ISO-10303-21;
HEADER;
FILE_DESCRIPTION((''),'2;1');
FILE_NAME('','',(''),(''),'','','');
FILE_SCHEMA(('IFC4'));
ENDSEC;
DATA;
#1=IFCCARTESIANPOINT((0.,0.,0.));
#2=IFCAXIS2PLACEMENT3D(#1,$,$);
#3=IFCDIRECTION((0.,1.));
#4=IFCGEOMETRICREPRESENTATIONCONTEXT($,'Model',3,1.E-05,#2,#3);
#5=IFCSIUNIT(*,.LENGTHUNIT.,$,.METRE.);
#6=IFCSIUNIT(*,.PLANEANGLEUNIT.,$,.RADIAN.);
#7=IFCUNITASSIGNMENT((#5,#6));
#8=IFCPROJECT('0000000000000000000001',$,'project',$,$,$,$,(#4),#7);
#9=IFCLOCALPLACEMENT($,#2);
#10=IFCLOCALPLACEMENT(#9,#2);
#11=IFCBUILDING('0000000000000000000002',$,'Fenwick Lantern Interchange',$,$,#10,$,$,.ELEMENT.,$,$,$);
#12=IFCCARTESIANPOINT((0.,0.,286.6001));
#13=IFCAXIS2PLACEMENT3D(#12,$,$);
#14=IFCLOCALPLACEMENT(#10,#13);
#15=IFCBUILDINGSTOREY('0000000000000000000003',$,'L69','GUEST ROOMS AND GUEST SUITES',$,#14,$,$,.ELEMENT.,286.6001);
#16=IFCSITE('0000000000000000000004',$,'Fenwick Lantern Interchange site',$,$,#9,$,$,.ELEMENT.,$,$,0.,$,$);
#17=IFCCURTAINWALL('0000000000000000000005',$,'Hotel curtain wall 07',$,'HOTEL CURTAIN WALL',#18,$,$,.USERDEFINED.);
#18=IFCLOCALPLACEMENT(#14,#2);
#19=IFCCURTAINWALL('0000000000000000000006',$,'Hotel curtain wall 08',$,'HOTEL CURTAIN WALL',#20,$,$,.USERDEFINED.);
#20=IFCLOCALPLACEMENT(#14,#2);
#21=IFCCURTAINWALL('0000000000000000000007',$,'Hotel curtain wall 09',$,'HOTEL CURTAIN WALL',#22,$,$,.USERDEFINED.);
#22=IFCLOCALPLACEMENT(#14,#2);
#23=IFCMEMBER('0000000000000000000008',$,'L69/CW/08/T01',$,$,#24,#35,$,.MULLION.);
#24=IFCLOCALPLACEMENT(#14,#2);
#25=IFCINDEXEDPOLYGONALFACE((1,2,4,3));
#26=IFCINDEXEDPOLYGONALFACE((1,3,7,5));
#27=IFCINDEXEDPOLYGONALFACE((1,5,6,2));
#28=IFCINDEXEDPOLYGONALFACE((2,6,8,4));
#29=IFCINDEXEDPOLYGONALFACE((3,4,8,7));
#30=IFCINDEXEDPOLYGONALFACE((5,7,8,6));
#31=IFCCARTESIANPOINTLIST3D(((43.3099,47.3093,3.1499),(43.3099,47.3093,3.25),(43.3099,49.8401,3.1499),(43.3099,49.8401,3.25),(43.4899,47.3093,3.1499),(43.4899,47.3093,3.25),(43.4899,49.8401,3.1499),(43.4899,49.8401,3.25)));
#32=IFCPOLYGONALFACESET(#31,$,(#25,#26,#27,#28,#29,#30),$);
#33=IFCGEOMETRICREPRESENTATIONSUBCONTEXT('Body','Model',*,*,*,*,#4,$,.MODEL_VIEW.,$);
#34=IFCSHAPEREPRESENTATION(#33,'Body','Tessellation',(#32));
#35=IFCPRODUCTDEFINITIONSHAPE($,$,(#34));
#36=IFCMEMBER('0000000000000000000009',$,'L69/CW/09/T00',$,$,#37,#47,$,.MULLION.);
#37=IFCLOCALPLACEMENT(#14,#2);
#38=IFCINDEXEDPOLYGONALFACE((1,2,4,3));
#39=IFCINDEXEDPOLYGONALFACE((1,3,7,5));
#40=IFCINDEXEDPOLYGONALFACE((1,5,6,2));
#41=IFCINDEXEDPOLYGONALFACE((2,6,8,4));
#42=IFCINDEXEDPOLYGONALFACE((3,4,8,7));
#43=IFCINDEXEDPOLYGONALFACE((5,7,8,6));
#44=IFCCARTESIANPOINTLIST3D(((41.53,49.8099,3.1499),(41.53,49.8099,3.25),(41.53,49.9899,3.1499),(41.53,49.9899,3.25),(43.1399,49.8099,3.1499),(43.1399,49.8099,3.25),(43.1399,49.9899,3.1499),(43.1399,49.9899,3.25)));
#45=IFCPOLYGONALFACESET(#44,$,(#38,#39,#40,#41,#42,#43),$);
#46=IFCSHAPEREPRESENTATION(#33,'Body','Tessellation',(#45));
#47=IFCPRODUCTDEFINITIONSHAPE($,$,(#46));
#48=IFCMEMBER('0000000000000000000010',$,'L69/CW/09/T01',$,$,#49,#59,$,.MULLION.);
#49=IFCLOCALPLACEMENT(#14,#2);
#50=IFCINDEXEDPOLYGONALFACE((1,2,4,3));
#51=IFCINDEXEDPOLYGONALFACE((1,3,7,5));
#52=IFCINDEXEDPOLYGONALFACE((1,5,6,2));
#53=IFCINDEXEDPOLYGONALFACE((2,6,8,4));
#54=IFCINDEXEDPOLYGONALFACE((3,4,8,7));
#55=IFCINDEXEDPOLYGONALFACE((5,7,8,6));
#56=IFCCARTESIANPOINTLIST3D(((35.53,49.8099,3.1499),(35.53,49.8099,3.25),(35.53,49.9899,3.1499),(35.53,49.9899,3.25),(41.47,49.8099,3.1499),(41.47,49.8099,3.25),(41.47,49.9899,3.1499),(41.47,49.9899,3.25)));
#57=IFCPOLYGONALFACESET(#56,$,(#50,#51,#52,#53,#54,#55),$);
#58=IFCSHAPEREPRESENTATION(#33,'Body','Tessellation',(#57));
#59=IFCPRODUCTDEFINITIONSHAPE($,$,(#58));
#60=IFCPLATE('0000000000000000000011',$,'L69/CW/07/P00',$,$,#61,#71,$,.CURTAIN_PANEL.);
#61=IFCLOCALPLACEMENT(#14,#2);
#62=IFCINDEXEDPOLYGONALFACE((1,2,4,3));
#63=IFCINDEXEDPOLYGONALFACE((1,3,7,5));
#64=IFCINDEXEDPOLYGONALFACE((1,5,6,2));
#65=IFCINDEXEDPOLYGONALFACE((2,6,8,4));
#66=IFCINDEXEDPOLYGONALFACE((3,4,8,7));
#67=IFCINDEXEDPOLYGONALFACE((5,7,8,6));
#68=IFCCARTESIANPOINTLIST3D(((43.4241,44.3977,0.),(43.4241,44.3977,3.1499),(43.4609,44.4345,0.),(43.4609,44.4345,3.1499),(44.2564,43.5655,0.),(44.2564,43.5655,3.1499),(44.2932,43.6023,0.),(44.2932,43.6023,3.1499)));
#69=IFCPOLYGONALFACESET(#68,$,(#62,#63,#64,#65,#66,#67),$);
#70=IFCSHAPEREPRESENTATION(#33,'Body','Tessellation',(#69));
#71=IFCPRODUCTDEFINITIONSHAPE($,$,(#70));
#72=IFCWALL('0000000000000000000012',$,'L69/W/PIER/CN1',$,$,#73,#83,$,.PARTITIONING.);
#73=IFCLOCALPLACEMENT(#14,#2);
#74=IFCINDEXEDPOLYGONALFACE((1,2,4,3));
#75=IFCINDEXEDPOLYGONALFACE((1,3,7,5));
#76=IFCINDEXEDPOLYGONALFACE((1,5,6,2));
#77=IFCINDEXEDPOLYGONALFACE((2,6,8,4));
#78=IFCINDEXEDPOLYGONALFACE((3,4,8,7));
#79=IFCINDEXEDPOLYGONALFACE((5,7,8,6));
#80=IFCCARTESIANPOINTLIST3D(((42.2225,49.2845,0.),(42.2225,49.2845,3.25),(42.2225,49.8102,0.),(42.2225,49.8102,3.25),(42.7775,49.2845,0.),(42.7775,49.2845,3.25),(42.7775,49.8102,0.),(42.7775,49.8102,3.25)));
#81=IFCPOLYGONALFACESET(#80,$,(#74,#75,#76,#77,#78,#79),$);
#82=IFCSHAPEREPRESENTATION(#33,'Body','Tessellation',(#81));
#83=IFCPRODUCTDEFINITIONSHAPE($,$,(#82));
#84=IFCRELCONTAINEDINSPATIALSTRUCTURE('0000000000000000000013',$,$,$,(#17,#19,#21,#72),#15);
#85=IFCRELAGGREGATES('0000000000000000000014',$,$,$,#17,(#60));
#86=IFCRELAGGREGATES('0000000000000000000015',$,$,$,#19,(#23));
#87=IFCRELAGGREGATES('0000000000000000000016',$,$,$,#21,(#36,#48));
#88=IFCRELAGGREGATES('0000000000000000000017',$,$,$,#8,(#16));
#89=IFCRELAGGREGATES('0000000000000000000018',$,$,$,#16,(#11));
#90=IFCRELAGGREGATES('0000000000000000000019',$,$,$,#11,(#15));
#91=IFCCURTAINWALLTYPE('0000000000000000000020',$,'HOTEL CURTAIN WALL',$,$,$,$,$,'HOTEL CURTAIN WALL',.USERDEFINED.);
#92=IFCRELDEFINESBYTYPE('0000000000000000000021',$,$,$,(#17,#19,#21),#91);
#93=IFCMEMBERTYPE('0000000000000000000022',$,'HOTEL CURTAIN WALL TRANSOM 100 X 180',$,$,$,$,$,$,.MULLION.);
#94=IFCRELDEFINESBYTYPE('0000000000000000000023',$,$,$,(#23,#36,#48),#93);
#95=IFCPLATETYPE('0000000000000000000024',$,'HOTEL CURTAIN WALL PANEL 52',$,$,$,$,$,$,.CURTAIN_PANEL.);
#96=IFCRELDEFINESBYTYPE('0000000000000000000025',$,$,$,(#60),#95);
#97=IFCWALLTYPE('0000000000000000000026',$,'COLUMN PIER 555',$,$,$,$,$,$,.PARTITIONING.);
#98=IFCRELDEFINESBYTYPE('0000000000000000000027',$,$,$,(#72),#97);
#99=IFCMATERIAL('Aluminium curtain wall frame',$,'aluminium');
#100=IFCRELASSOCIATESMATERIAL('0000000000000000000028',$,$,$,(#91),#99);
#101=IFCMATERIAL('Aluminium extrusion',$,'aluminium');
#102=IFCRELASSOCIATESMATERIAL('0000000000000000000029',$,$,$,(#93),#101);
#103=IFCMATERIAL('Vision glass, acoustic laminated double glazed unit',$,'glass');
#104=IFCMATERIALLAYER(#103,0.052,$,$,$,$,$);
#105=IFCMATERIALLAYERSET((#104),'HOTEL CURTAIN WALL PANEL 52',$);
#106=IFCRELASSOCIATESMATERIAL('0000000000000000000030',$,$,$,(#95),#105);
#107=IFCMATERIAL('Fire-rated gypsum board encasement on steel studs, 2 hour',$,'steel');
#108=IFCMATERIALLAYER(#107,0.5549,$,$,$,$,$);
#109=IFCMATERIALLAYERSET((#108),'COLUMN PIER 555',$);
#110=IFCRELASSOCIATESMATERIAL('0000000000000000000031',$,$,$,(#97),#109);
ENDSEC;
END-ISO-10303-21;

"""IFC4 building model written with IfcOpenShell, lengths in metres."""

from ifc_helpers import new_model, si_unit, direction, frame, frame_2d, origin, origin_2d, place, context, subcontext, project, spatial, rectangle, extrude, material, layer, layer_set, material_profile, profile_set, type_object, element, aggregate, save


model = new_model("IFC4")

# Units and contexts
model_context = context("Model", 3, precision=1e-05, world=origin(), true_north=direction((0.0, 1.0)))
body_context = subcontext(model_context, "Body", "Model", "MODEL_VIEW")
ifc_project = project(units=[si_unit("LENGTHUNIT", "METRE"), si_unit("PLANEANGLEUNIT", "RADIAN")], contexts=[model_context])

# Site, building, storey
site_placement = place(None, origin())
site = spatial("IfcSite", under=ifc_project, at=site_placement, Name="Fenwick Lantern Interchange site", CompositionType="ELEMENT", RefElevation=0.0)
building_placement = place(site_placement, origin())
building = spatial("IfcBuilding", under=site, at=building_placement, Name="Fenwick Lantern Interchange", CompositionType="ELEMENT")
storey_placement = place(building_placement, frame((0.0, 0.0, 286.6001)))
storey = spatial("IfcBuildingStorey", under=building, at=storey_placement, Name="L69", Description="GUEST ROOMS AND GUEST SUITES", CompositionType="ELEMENT", Elevation=286.6001)

# Shared definitions
ifc_material_1 = material(Name="Aluminium curtain wall frame", Category="aluminium")
curtain_wall_type = type_object("IfcCurtainWallType", Name="HOTEL CURTAIN WALL", ElementType="HOTEL CURTAIN WALL", PredefinedType="USERDEFINED", material=ifc_material_1)
ifc_material_2 = material(Name="Aluminium extrusion", Category="aluminium")

# Curtain walls
curtain_wall_1_placement = place(storey_placement, origin())
curtain_wall_1 = element("IfcCurtainWall", 1, at=curtain_wall_1_placement, inside=storey, type_object=curtain_wall_type, Name="Hotel curtain wall 07", ObjectType="HOTEL CURTAIN WALL", PredefinedType="USERDEFINED")
curtain_wall_2_placement = place(storey_placement, origin())
curtain_wall_2 = element("IfcCurtainWall", 2, at=curtain_wall_2_placement, inside=storey, type_object=curtain_wall_type, Name="Hotel curtain wall 08", ObjectType="HOTEL CURTAIN WALL", PredefinedType="USERDEFINED")
curtain_wall_3_placement = place(storey_placement, origin())
curtain_wall_3 = element("IfcCurtainWall", 3, at=curtain_wall_3_placement, inside=storey, type_object=curtain_wall_type, Name="Hotel curtain wall 09", ObjectType="HOTEL CURTAIN WALL", PredefinedType="USERDEFINED")

# Members
ifc_material_profile_1 = material_profile(ifc_material_2, rectangle(XDim=0.1799, YDim=0.1001, at=origin_2d()), Name="HOTEL CURTAIN WALL TRANSOM 100 X 180")
ifc_profile_set_1 = profile_set([ifc_material_profile_1], Name="Aluminium extrusion")
member_type_1 = type_object("IfcMemberType", Name="HOTEL CURTAIN WALL TRANSOM 100 X 180", PredefinedType="MULLION", material=ifc_profile_set_1)
member_1_placement = place(storey_placement, frame((43.3999, 47.3093, 3.2), z_axis=(0.0, 1.0, 0.0), x_axis=(-1.0, 0.0, 0.0)))
member_1 = element("IfcMember", 4, at=member_1_placement, type_object=member_type_1, Name="L69/CW/08/T01", PredefinedType="MULLION", context=body_context, shape_type="SweptSolid", body=[
    extrude(rectangle(XDim=0.1799, YDim=0.1001, at=origin_2d()), origin(), (0.0, 0.0, 1.0), 2.5308),
])
member_2_placement = place(storey_placement, frame((43.1399, 49.8999, 3.2), z_axis=(-1.0, 0.0, 0.0), x_axis=(0.0, -1.0, 0.0)))
member_2 = element("IfcMember", 5, at=member_2_placement, type_object=member_type_1, Name="L69/CW/09/T00", PredefinedType="MULLION", context=body_context, shape_type="SweptSolid", body=[
    extrude(rectangle(XDim=0.1799, YDim=0.1001, at=origin_2d()), origin(), (0.0, 0.0, 1.0), 1.6099),
])
member_3_placement = place(storey_placement, frame((41.47, 49.8999, 3.2), z_axis=(-1.0, 0.0, 0.0), x_axis=(0.0, -1.0, 0.0)))
member_3 = element("IfcMember", 6, at=member_3_placement, type_object=member_type_1, Name="L69/CW/09/T01", PredefinedType="MULLION", context=body_context, shape_type="SweptSolid", body=[
    extrude(rectangle(XDim=0.1799, YDim=0.1001, at=origin_2d()), origin(), (0.0, 0.0, 1.0), 5.9399),
])

# Plate
ifc_material_3 = material(Name="Vision glass, acoustic laminated double glazed unit", Category="glass")
ifc_layer_1 = layer(ifc_material_3, 0.052)
ifc_layer_set_1 = layer_set([ifc_layer_1], Name="HOTEL CURTAIN WALL PANEL 52")
plate_type = type_object("IfcPlateType", Name="HOTEL CURTAIN WALL PANEL 52", PredefinedType="CURTAIN_PANEL", material=ifc_layer_set_1)
plate_1_placement = place(storey_placement, frame((43.8586, 44.0, 0.0), z_axis=(0.0, 0.0, 1.0), x_axis=(-0.707107, 0.707107, 0.0)))
plate_1 = element("IfcPlate", 7, at=plate_1_placement, type_object=plate_type, Name="L69/CW/07/P00", PredefinedType="CURTAIN_PANEL", context=body_context, shape_type="SweptSolid", body=[
    extrude(rectangle(XDim=1.177, YDim=0.052, at=origin_2d()), origin(), (0.0, 0.0, 1.0), 3.1499),
])
aggregate(curtain_wall_1, [plate_1])
aggregate(curtain_wall_2, [member_1])
aggregate(curtain_wall_3, [member_2, member_3])

# Wall
ifc_material_4 = material(Name="Fire-rated gypsum board encasement on steel studs, 2 hour", Category="steel")
ifc_layer_2 = layer(ifc_material_4, 0.5549)
ifc_layer_set_2 = layer_set([ifc_layer_2], Name="COLUMN PIER 555")
wall_type = type_object("IfcWallType", Name="COLUMN PIER 555", PredefinedType="PARTITIONING", material=ifc_layer_set_2)
wall_placement = place(storey_placement, frame((42.5, 49.8101, 0.0), z_axis=(0.0, 0.0, 1.0), x_axis=(0.0, -1.0, 0.0)))
element("IfcWall", 8, at=wall_placement, inside=storey, type_object=wall_type, Name="L69/W/PIER/CN1", PredefinedType="PARTITIONING", context=body_context, shape_type="SweptSolid", body=[
    extrude(rectangle(XDim=0.5256, YDim=0.5549, at=frame_2d((0.2627, 0.0))), origin(), (0.0, 0.0, 1.0), 3.25),
])

save(model, "model.ifc")
